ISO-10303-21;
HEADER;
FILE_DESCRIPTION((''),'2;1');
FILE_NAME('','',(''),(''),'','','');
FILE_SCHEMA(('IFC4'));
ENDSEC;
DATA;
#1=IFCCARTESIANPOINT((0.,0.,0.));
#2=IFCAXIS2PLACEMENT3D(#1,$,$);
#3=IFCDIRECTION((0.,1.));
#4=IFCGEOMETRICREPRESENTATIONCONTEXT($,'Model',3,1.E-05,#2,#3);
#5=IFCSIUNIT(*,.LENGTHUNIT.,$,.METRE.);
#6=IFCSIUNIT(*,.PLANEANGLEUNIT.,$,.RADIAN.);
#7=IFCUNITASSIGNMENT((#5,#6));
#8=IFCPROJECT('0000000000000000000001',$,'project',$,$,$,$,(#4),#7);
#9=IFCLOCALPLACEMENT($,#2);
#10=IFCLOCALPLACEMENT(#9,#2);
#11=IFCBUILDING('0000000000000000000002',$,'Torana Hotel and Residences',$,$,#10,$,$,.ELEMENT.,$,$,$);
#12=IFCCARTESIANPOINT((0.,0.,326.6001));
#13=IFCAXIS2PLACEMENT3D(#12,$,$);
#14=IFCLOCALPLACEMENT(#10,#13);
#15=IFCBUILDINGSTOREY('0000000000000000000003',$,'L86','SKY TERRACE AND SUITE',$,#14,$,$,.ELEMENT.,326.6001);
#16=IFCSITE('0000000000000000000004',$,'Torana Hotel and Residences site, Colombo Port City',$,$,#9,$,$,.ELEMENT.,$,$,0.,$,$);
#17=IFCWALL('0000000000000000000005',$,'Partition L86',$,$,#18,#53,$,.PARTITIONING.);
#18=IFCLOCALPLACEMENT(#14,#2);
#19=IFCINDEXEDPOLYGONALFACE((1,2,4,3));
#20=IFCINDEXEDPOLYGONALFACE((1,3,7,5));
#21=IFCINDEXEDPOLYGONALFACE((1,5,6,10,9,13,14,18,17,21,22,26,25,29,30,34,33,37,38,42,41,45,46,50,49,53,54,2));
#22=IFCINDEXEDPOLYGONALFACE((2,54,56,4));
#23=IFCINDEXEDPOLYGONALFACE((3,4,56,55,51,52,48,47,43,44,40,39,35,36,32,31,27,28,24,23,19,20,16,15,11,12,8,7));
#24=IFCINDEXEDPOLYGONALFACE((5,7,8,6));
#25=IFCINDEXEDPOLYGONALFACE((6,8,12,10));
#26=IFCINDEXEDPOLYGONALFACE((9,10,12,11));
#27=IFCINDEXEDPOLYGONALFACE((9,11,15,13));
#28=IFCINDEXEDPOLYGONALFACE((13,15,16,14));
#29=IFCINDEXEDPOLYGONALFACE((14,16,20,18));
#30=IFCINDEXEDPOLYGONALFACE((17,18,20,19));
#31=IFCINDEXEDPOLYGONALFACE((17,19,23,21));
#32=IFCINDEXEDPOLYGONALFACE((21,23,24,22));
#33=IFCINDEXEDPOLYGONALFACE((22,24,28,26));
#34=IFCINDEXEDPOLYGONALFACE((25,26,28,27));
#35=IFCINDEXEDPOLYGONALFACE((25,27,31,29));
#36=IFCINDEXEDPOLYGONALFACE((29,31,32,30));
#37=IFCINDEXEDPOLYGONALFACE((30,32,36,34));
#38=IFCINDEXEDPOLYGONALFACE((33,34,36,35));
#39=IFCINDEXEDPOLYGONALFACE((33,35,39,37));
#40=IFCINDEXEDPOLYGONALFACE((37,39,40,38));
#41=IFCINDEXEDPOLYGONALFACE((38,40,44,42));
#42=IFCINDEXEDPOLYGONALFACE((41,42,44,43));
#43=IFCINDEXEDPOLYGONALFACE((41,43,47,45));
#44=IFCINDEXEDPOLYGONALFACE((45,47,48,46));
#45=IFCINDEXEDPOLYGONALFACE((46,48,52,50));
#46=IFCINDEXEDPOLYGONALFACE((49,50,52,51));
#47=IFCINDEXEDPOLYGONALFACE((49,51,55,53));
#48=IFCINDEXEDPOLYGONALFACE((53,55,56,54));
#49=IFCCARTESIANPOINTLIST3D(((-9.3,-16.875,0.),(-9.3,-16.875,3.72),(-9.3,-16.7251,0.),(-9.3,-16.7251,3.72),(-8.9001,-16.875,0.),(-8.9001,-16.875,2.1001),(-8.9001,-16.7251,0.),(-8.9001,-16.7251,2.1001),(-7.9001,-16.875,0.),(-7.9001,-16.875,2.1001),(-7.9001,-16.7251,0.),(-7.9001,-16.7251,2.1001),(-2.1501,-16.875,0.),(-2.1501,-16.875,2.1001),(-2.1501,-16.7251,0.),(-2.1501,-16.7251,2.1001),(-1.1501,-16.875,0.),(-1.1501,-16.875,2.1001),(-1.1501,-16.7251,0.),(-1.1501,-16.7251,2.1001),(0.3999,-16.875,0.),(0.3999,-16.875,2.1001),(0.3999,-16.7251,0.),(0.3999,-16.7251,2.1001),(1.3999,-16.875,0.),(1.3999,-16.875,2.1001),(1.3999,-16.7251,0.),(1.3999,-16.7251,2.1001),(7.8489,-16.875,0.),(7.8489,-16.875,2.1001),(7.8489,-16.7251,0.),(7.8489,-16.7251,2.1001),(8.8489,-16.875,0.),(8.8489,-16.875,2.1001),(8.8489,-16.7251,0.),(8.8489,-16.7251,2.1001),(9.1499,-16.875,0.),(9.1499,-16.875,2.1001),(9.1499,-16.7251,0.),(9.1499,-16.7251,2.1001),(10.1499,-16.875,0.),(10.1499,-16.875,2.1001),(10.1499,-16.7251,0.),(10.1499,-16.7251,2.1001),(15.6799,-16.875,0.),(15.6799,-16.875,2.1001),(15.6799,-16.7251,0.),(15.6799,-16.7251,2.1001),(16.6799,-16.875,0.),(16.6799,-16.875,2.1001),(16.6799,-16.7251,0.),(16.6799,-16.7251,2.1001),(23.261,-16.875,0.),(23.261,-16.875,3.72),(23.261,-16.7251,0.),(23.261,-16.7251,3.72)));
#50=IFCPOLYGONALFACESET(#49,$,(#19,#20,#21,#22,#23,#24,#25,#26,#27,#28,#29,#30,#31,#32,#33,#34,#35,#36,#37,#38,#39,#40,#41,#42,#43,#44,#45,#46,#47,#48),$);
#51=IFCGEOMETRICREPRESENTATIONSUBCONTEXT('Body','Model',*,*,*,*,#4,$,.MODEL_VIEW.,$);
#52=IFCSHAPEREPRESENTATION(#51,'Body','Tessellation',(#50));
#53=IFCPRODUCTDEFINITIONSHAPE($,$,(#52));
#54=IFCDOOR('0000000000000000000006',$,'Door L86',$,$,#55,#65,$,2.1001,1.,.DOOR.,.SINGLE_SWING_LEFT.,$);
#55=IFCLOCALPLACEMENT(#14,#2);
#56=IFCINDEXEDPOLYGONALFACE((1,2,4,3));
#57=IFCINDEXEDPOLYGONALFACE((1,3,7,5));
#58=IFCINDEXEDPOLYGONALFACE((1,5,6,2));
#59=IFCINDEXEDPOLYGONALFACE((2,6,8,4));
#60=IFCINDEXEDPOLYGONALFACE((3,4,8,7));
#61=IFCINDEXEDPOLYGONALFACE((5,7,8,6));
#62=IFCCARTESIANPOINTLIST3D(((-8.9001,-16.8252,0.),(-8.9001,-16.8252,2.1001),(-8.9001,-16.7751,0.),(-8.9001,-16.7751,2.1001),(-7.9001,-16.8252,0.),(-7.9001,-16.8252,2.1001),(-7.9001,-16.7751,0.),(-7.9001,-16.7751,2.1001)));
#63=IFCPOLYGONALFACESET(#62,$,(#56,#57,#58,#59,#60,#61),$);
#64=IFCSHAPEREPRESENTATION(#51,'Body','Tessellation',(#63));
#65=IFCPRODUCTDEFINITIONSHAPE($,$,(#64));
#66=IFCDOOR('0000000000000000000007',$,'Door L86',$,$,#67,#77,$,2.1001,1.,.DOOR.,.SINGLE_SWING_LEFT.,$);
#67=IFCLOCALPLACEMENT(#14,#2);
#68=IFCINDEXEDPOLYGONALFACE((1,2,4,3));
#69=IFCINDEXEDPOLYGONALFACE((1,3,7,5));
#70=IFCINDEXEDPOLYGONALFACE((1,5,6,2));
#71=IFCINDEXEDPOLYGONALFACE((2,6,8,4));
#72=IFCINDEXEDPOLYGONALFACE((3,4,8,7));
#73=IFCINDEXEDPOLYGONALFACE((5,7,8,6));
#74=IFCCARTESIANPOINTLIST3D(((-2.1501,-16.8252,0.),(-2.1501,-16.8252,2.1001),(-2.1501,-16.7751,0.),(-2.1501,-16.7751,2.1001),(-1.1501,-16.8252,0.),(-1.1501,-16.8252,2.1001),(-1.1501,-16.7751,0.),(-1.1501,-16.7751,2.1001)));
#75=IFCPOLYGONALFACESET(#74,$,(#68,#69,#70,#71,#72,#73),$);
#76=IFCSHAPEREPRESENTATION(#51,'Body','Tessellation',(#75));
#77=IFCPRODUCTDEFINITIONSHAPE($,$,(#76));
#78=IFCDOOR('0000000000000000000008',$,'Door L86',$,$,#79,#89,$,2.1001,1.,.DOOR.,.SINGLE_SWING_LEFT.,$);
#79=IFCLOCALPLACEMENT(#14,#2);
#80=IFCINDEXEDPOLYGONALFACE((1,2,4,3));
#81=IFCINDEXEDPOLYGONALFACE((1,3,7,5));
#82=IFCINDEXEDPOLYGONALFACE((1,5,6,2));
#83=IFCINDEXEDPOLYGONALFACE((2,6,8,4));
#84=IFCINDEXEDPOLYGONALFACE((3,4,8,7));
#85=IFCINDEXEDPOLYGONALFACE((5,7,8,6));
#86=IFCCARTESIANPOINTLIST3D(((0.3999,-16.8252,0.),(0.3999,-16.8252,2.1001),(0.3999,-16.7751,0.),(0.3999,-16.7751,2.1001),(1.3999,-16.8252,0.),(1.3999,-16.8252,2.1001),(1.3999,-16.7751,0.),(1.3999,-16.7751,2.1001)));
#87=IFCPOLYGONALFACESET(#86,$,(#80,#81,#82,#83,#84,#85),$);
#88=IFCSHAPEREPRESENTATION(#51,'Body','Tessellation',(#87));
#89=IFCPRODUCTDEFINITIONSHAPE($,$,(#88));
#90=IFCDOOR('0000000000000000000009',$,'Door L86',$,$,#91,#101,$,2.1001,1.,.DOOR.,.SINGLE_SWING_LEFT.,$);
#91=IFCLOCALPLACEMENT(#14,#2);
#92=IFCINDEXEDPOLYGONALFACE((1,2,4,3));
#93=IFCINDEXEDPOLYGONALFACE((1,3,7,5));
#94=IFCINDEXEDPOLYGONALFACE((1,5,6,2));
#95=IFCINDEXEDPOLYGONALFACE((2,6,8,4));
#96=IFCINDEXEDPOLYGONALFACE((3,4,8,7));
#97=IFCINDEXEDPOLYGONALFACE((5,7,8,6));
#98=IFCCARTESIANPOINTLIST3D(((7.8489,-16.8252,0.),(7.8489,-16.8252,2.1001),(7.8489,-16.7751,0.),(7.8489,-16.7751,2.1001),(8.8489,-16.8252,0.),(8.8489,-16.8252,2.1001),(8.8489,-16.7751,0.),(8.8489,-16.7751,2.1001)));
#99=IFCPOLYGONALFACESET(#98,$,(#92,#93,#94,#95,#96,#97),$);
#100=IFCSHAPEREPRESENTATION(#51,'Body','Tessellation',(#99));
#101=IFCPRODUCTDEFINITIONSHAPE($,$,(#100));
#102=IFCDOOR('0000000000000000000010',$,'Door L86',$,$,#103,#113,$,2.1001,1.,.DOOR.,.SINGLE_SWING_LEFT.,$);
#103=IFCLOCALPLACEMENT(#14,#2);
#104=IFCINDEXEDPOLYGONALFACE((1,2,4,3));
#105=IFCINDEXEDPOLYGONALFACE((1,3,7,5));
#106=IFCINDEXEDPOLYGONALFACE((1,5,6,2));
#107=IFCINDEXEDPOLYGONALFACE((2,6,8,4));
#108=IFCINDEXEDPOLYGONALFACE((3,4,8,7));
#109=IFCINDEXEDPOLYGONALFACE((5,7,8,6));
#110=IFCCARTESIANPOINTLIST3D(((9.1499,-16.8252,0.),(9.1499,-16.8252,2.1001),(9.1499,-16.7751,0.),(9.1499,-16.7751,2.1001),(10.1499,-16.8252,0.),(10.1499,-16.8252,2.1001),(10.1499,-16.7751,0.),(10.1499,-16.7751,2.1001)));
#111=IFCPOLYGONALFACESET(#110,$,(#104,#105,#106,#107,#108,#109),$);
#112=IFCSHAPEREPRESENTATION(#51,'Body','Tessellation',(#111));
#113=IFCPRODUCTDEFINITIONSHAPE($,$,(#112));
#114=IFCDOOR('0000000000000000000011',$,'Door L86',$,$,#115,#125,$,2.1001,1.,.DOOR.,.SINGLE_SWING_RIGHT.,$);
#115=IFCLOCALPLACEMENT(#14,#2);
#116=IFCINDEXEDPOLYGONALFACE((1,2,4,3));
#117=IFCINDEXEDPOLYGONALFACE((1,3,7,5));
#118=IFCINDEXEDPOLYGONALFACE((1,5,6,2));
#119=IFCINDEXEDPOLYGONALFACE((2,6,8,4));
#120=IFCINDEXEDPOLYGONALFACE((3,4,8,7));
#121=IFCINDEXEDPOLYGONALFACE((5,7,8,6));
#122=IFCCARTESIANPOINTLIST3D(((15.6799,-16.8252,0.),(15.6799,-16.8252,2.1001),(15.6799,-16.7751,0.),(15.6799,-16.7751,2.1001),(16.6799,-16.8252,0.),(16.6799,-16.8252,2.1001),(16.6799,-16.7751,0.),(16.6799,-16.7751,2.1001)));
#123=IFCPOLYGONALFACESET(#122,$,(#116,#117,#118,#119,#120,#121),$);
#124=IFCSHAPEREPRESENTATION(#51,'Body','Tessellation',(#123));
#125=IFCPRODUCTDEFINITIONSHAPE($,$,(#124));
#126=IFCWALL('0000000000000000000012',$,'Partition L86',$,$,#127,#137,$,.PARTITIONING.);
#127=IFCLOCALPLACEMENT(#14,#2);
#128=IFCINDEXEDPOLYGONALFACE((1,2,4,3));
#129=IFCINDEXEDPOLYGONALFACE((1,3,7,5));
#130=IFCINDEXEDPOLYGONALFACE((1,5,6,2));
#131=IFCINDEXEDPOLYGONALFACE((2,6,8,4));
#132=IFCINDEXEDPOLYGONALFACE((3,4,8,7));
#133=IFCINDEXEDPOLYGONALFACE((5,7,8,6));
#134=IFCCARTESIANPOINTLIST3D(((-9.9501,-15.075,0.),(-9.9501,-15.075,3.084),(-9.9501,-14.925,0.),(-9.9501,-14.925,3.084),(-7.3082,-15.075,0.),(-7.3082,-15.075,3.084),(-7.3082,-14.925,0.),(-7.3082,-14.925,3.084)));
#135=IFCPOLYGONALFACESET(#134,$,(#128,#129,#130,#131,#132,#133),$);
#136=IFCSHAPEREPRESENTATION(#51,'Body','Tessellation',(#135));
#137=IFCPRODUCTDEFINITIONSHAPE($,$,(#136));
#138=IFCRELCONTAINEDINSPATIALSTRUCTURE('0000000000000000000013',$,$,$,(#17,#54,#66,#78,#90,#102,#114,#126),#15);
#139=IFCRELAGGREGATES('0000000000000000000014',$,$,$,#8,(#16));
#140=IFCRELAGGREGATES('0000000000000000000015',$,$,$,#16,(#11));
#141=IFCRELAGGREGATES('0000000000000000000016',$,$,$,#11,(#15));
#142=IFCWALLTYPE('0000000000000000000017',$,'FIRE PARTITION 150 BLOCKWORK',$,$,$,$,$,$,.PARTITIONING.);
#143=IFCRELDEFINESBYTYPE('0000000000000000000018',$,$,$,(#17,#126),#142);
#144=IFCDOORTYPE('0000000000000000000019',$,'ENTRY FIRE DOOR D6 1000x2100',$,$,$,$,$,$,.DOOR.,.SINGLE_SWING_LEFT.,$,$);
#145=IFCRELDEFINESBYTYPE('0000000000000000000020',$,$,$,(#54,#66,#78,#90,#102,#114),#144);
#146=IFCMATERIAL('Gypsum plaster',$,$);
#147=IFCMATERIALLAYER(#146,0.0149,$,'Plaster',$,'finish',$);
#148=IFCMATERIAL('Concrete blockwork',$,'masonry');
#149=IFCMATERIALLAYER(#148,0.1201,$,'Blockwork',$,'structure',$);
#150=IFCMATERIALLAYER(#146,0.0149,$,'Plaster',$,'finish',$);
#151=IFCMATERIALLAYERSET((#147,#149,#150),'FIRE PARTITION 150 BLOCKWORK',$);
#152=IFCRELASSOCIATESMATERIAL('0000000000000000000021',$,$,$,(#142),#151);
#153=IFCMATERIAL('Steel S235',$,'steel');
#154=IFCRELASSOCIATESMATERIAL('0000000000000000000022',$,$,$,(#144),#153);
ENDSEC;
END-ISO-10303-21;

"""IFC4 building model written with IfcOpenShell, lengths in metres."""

from ifc_helpers import new_model, si_unit, direction, frame, frame_2d, origin, place, context, subcontext, project, spatial, rectangle, extrude, material, layer, layer_set, type_object, element, fill, save


model = new_model("IFC4")

# Units and contexts
model_context = context("Model", 3, precision=1e-05, world=origin(), true_north=direction((0.0, 1.0)))
body_context = subcontext(model_context, "Body", "Model", "MODEL_VIEW")
ifc_project = project(units=[si_unit("LENGTHUNIT", "METRE"), si_unit("PLANEANGLEUNIT", "RADIAN")], contexts=[model_context])

# Site, building, storey
site_placement = place(None, origin())
site = spatial("IfcSite", under=ifc_project, at=site_placement, Name="Torana Hotel and Residences site, Colombo Port City", CompositionType="ELEMENT", RefElevation=0.0)
building_placement = place(site_placement, origin())
building = spatial("IfcBuilding", under=site, at=building_placement, Name="Torana Hotel and Residences", CompositionType="ELEMENT")
storey_placement = place(building_placement, frame((0.0, 0.0, 326.6001)))
storey = spatial("IfcBuildingStorey", under=building, at=storey_placement, Name="L86", Description="SKY TERRACE AND SUITE", CompositionType="ELEMENT", Elevation=326.6001)

# Shared definitions
ifc_material_1 = material(Name="Gypsum plaster")
ifc_layer_1 = layer(ifc_material_1, 0.0149, Name="Plaster", Category="finish")
ifc_material_2 = material(Name="Concrete blockwork", Category="masonry")
ifc_layer_2 = layer(ifc_material_2, 0.1201, Name="Blockwork", Category="structure")
ifc_layer_3 = layer(ifc_material_1, 0.0149, Name="Plaster", Category="finish")
ifc_layer_set_1 = layer_set([ifc_layer_1, ifc_layer_2, ifc_layer_3], Name="FIRE PARTITION 150 BLOCKWORK")
wall_type_1 = type_object("IfcWallType", Name="FIRE PARTITION 150 BLOCKWORK", PredefinedType="PARTITIONING", material=ifc_layer_set_1)

# Shared definitions
ifc_material_3 = material(Name="Steel S235", Category="steel")
door_type_1 = type_object("IfcDoorType", Name="ENTRY FIRE DOOR D6 1000x2100", OperationType="SINGLE_SWING_LEFT", PredefinedType="DOOR", material=ifc_material_3)

# Wall, openings, doors
wall_1_placement = place(storey_placement, frame((-9.3, -16.8, 0.0), z_axis=(0.0, 0.0, 1.0), x_axis=(1.0, 0.0, 0.0)))
wall_1 = element("IfcWall", 1, at=wall_1_placement, inside=storey, type_object=wall_type_1, Name="Partition L86", PredefinedType="PARTITIONING", context=body_context, shape_type="SweptSolid", body=[
    extrude(rectangle(XDim=32.561, YDim=0.1499, at=frame_2d((16.2805, 0.0))), origin(), (0.0, 0.0, 1.0), 3.72),
])
opening_1_placement = place(wall_1_placement, frame((0.3999, 0.0, 0.0)))
opening_1 = element("IfcOpeningElement", 2, at=opening_1_placement, cuts=wall_1, PredefinedType="OPENING", context=body_context, shape_type="SweptSolid", body=[
    extrude(rectangle(XDim=1.0, YDim=2.1001, at=frame_2d((0.5, 1.05))), frame((0.0, 0.085, 0.0), z_axis=(0.0, -1.0, 0.0), x_axis=(1.0, 0.0, 0.0)), (0.0, 0.0, 1.0), 0.1699),
])
opening_2_placement = place(wall_1_placement, frame((7.1499, 0.0, 0.0)))
opening_2 = element("IfcOpeningElement", 3, at=opening_2_placement, cuts=wall_1, PredefinedType="OPENING", context=body_context, shape_type="SweptSolid", body=[
    extrude(rectangle(XDim=1.0, YDim=2.1001, at=frame_2d((0.5, 1.05))), frame((0.0, 0.085, 0.0), z_axis=(0.0, -1.0, 0.0), x_axis=(1.0, 0.0, 0.0)), (0.0, 0.0, 1.0), 0.1699),
])
opening_3_placement = place(wall_1_placement, frame((9.7, 0.0, 0.0)))
opening_3 = element("IfcOpeningElement", 4, at=opening_3_placement, cuts=wall_1, PredefinedType="OPENING", context=body_context, shape_type="SweptSolid", body=[
    extrude(rectangle(XDim=1.0, YDim=2.1001, at=frame_2d((0.5, 1.05))), frame((0.0, 0.085, 0.0), z_axis=(0.0, -1.0, 0.0), x_axis=(1.0, 0.0, 0.0)), (0.0, 0.0, 1.0), 0.1699),
])
opening_4_placement = place(wall_1_placement, frame((17.1489, 0.0, 0.0)))
opening_4 = element("IfcOpeningElement", 5, at=opening_4_placement, cuts=wall_1, PredefinedType="OPENING", context=body_context, shape_type="SweptSolid", body=[
    extrude(rectangle(XDim=1.0, YDim=2.1001, at=frame_2d((0.5, 1.05))), frame((0.0, 0.085, 0.0), z_axis=(0.0, -1.0, 0.0), x_axis=(1.0, 0.0, 0.0)), (0.0, 0.0, 1.0), 0.1699),
])
opening_5_placement = place(wall_1_placement, frame((18.45, 0.0, 0.0)))
opening_5 = element("IfcOpeningElement", 6, at=opening_5_placement, cuts=wall_1, PredefinedType="OPENING", context=body_context, shape_type="SweptSolid", body=[
    extrude(rectangle(XDim=1.0, YDim=2.1001, at=frame_2d((0.5, 1.05))), frame((0.0, 0.085, 0.0), z_axis=(0.0, -1.0, 0.0), x_axis=(1.0, 0.0, 0.0)), (0.0, 0.0, 1.0), 0.1699),
])
opening_6_placement = place(wall_1_placement, frame((24.98, 0.0, 0.0)))
opening_6 = element("IfcOpeningElement", 7, at=opening_6_placement, cuts=wall_1, PredefinedType="OPENING", context=body_context, shape_type="SweptSolid", body=[
    extrude(rectangle(XDim=1.0, YDim=2.1001, at=frame_2d((0.5, 1.05))), frame((0.0, 0.085, 0.0), z_axis=(0.0, -1.0, 0.0), x_axis=(1.0, 0.0, 0.0)), (0.0, 0.0, 1.0), 0.1699),
])
door_1_placement = place(opening_1_placement, frame((0.5, 0.0, 0.0), z_axis=(0.0, 0.0, 1.0), x_axis=(-1.0, 0.0, 0.0)))
door_1 = element("IfcDoor", 8, at=door_1_placement, inside=storey, type_object=door_type_1, Name="Door L86", OperationType="SINGLE_SWING_LEFT", OverallHeight=2.1001, OverallWidth=1.0, PredefinedType="DOOR", context=body_context, shape_type="SweptSolid", body=[
    extrude(rectangle(XDim=1.0, YDim=2.1001, at=frame_2d((0.0, 1.05))), frame((0.0, -0.0249, 0.0), z_axis=(0.0, 1.0, 0.0), x_axis=(-1.0, 0.0, 0.0)), (0.0, 0.0, 1.0), 0.05),
])
fill(opening_1, door_1)
door_2_placement = place(opening_2_placement, frame((0.5, 0.0, 0.0), z_axis=(0.0, 0.0, 1.0), x_axis=(-1.0, 0.0, 0.0)))
door_2 = element("IfcDoor", 9, at=door_2_placement, inside=storey, type_object=door_type_1, Name="Door L86", OperationType="SINGLE_SWING_LEFT", OverallHeight=2.1001, OverallWidth=1.0, PredefinedType="DOOR", context=body_context, shape_type="SweptSolid", body=[
    extrude(rectangle(XDim=1.0, YDim=2.1001, at=frame_2d((0.0, 1.05))), frame((0.0, -0.0249, 0.0), z_axis=(0.0, 1.0, 0.0), x_axis=(-1.0, 0.0, 0.0)), (0.0, 0.0, 1.0), 0.05),
])
fill(opening_2, door_2)
door_3_placement = place(opening_3_placement, frame((0.5, 0.0, 0.0), z_axis=(0.0, 0.0, 1.0), x_axis=(-1.0, 0.0, 0.0)))
door_3 = element("IfcDoor", 10, at=door_3_placement, inside=storey, type_object=door_type_1, Name="Door L86", OperationType="SINGLE_SWING_LEFT", OverallHeight=2.1001, OverallWidth=1.0, PredefinedType="DOOR", context=body_context, shape_type="SweptSolid", body=[
    extrude(rectangle(XDim=1.0, YDim=2.1001, at=frame_2d((0.0, 1.05))), frame((0.0, -0.0249, 0.0), z_axis=(0.0, 1.0, 0.0), x_axis=(-1.0, 0.0, 0.0)), (0.0, 0.0, 1.0), 0.05),
])
fill(opening_3, door_3)
door_4_placement = place(opening_4_placement, frame((0.5, 0.0, 0.0), z_axis=(0.0, 0.0, 1.0), x_axis=(-1.0, 0.0, 0.0)))
door_4 = element("IfcDoor", 11, at=door_4_placement, inside=storey, type_object=door_type_1, Name="Door L86", OperationType="SINGLE_SWING_LEFT", OverallHeight=2.1001, OverallWidth=1.0, PredefinedType="DOOR", context=body_context, shape_type="SweptSolid", body=[
    extrude(rectangle(XDim=1.0, YDim=2.1001, at=frame_2d((0.0, 1.05))), frame((0.0, -0.0249, 0.0), z_axis=(0.0, 1.0, 0.0), x_axis=(-1.0, 0.0, 0.0)), (0.0, 0.0, 1.0), 0.05),
])
fill(opening_4, door_4)
door_5_placement = place(opening_5_placement, frame((0.5, 0.0, 0.0), z_axis=(0.0, 0.0, 1.0), x_axis=(-1.0, 0.0, 0.0)))
door_5 = element("IfcDoor", 12, at=door_5_placement, inside=storey, type_object=door_type_1, Name="Door L86", OperationType="SINGLE_SWING_LEFT", OverallHeight=2.1001, OverallWidth=1.0, PredefinedType="DOOR", context=body_context, shape_type="SweptSolid", body=[
    extrude(rectangle(XDim=1.0, YDim=2.1001, at=frame_2d((0.0, 1.05))), frame((0.0, -0.0249, 0.0), z_axis=(0.0, 1.0, 0.0), x_axis=(-1.0, 0.0, 0.0)), (0.0, 0.0, 1.0), 0.05),
])
fill(opening_5, door_5)
door_6_placement = place(opening_6_placement, origin())
door_6 = element("IfcDoor", 13, at=door_6_placement, inside=storey, type_object=door_type_1, Name="Door L86", OperationType="SINGLE_SWING_RIGHT", OverallHeight=2.1001, OverallWidth=1.0, PredefinedType="DOOR", context=body_context, shape_type="SweptSolid", body=[
    extrude(rectangle(XDim=1.0, YDim=2.1001, at=frame_2d((0.5, 1.05))), frame((0.0, 0.0249, 0.0), z_axis=(0.0, -1.0, 0.0), x_axis=(1.0, 0.0, 0.0)), (0.0, 0.0, 1.0), 0.05),
])
fill(opening_6, door_6)

# Wall
wall_2_placement = place(storey_placement, frame((-9.95, -15.0, 0.0), z_axis=(0.0, 0.0, 1.0), x_axis=(1.0, 0.0, 0.0)))
element("IfcWall", 14, at=wall_2_placement, inside=storey, type_object=wall_type_1, Name="Partition L86", PredefinedType="PARTITIONING", context=body_context, shape_type="SweptSolid", body=[
    extrude(rectangle(XDim=2.6418, YDim=0.1499, at=frame_2d((1.3208, 0.0))), origin(), (0.0, 0.0, 1.0), 3.084),
])

save(model, "model.ifc")
